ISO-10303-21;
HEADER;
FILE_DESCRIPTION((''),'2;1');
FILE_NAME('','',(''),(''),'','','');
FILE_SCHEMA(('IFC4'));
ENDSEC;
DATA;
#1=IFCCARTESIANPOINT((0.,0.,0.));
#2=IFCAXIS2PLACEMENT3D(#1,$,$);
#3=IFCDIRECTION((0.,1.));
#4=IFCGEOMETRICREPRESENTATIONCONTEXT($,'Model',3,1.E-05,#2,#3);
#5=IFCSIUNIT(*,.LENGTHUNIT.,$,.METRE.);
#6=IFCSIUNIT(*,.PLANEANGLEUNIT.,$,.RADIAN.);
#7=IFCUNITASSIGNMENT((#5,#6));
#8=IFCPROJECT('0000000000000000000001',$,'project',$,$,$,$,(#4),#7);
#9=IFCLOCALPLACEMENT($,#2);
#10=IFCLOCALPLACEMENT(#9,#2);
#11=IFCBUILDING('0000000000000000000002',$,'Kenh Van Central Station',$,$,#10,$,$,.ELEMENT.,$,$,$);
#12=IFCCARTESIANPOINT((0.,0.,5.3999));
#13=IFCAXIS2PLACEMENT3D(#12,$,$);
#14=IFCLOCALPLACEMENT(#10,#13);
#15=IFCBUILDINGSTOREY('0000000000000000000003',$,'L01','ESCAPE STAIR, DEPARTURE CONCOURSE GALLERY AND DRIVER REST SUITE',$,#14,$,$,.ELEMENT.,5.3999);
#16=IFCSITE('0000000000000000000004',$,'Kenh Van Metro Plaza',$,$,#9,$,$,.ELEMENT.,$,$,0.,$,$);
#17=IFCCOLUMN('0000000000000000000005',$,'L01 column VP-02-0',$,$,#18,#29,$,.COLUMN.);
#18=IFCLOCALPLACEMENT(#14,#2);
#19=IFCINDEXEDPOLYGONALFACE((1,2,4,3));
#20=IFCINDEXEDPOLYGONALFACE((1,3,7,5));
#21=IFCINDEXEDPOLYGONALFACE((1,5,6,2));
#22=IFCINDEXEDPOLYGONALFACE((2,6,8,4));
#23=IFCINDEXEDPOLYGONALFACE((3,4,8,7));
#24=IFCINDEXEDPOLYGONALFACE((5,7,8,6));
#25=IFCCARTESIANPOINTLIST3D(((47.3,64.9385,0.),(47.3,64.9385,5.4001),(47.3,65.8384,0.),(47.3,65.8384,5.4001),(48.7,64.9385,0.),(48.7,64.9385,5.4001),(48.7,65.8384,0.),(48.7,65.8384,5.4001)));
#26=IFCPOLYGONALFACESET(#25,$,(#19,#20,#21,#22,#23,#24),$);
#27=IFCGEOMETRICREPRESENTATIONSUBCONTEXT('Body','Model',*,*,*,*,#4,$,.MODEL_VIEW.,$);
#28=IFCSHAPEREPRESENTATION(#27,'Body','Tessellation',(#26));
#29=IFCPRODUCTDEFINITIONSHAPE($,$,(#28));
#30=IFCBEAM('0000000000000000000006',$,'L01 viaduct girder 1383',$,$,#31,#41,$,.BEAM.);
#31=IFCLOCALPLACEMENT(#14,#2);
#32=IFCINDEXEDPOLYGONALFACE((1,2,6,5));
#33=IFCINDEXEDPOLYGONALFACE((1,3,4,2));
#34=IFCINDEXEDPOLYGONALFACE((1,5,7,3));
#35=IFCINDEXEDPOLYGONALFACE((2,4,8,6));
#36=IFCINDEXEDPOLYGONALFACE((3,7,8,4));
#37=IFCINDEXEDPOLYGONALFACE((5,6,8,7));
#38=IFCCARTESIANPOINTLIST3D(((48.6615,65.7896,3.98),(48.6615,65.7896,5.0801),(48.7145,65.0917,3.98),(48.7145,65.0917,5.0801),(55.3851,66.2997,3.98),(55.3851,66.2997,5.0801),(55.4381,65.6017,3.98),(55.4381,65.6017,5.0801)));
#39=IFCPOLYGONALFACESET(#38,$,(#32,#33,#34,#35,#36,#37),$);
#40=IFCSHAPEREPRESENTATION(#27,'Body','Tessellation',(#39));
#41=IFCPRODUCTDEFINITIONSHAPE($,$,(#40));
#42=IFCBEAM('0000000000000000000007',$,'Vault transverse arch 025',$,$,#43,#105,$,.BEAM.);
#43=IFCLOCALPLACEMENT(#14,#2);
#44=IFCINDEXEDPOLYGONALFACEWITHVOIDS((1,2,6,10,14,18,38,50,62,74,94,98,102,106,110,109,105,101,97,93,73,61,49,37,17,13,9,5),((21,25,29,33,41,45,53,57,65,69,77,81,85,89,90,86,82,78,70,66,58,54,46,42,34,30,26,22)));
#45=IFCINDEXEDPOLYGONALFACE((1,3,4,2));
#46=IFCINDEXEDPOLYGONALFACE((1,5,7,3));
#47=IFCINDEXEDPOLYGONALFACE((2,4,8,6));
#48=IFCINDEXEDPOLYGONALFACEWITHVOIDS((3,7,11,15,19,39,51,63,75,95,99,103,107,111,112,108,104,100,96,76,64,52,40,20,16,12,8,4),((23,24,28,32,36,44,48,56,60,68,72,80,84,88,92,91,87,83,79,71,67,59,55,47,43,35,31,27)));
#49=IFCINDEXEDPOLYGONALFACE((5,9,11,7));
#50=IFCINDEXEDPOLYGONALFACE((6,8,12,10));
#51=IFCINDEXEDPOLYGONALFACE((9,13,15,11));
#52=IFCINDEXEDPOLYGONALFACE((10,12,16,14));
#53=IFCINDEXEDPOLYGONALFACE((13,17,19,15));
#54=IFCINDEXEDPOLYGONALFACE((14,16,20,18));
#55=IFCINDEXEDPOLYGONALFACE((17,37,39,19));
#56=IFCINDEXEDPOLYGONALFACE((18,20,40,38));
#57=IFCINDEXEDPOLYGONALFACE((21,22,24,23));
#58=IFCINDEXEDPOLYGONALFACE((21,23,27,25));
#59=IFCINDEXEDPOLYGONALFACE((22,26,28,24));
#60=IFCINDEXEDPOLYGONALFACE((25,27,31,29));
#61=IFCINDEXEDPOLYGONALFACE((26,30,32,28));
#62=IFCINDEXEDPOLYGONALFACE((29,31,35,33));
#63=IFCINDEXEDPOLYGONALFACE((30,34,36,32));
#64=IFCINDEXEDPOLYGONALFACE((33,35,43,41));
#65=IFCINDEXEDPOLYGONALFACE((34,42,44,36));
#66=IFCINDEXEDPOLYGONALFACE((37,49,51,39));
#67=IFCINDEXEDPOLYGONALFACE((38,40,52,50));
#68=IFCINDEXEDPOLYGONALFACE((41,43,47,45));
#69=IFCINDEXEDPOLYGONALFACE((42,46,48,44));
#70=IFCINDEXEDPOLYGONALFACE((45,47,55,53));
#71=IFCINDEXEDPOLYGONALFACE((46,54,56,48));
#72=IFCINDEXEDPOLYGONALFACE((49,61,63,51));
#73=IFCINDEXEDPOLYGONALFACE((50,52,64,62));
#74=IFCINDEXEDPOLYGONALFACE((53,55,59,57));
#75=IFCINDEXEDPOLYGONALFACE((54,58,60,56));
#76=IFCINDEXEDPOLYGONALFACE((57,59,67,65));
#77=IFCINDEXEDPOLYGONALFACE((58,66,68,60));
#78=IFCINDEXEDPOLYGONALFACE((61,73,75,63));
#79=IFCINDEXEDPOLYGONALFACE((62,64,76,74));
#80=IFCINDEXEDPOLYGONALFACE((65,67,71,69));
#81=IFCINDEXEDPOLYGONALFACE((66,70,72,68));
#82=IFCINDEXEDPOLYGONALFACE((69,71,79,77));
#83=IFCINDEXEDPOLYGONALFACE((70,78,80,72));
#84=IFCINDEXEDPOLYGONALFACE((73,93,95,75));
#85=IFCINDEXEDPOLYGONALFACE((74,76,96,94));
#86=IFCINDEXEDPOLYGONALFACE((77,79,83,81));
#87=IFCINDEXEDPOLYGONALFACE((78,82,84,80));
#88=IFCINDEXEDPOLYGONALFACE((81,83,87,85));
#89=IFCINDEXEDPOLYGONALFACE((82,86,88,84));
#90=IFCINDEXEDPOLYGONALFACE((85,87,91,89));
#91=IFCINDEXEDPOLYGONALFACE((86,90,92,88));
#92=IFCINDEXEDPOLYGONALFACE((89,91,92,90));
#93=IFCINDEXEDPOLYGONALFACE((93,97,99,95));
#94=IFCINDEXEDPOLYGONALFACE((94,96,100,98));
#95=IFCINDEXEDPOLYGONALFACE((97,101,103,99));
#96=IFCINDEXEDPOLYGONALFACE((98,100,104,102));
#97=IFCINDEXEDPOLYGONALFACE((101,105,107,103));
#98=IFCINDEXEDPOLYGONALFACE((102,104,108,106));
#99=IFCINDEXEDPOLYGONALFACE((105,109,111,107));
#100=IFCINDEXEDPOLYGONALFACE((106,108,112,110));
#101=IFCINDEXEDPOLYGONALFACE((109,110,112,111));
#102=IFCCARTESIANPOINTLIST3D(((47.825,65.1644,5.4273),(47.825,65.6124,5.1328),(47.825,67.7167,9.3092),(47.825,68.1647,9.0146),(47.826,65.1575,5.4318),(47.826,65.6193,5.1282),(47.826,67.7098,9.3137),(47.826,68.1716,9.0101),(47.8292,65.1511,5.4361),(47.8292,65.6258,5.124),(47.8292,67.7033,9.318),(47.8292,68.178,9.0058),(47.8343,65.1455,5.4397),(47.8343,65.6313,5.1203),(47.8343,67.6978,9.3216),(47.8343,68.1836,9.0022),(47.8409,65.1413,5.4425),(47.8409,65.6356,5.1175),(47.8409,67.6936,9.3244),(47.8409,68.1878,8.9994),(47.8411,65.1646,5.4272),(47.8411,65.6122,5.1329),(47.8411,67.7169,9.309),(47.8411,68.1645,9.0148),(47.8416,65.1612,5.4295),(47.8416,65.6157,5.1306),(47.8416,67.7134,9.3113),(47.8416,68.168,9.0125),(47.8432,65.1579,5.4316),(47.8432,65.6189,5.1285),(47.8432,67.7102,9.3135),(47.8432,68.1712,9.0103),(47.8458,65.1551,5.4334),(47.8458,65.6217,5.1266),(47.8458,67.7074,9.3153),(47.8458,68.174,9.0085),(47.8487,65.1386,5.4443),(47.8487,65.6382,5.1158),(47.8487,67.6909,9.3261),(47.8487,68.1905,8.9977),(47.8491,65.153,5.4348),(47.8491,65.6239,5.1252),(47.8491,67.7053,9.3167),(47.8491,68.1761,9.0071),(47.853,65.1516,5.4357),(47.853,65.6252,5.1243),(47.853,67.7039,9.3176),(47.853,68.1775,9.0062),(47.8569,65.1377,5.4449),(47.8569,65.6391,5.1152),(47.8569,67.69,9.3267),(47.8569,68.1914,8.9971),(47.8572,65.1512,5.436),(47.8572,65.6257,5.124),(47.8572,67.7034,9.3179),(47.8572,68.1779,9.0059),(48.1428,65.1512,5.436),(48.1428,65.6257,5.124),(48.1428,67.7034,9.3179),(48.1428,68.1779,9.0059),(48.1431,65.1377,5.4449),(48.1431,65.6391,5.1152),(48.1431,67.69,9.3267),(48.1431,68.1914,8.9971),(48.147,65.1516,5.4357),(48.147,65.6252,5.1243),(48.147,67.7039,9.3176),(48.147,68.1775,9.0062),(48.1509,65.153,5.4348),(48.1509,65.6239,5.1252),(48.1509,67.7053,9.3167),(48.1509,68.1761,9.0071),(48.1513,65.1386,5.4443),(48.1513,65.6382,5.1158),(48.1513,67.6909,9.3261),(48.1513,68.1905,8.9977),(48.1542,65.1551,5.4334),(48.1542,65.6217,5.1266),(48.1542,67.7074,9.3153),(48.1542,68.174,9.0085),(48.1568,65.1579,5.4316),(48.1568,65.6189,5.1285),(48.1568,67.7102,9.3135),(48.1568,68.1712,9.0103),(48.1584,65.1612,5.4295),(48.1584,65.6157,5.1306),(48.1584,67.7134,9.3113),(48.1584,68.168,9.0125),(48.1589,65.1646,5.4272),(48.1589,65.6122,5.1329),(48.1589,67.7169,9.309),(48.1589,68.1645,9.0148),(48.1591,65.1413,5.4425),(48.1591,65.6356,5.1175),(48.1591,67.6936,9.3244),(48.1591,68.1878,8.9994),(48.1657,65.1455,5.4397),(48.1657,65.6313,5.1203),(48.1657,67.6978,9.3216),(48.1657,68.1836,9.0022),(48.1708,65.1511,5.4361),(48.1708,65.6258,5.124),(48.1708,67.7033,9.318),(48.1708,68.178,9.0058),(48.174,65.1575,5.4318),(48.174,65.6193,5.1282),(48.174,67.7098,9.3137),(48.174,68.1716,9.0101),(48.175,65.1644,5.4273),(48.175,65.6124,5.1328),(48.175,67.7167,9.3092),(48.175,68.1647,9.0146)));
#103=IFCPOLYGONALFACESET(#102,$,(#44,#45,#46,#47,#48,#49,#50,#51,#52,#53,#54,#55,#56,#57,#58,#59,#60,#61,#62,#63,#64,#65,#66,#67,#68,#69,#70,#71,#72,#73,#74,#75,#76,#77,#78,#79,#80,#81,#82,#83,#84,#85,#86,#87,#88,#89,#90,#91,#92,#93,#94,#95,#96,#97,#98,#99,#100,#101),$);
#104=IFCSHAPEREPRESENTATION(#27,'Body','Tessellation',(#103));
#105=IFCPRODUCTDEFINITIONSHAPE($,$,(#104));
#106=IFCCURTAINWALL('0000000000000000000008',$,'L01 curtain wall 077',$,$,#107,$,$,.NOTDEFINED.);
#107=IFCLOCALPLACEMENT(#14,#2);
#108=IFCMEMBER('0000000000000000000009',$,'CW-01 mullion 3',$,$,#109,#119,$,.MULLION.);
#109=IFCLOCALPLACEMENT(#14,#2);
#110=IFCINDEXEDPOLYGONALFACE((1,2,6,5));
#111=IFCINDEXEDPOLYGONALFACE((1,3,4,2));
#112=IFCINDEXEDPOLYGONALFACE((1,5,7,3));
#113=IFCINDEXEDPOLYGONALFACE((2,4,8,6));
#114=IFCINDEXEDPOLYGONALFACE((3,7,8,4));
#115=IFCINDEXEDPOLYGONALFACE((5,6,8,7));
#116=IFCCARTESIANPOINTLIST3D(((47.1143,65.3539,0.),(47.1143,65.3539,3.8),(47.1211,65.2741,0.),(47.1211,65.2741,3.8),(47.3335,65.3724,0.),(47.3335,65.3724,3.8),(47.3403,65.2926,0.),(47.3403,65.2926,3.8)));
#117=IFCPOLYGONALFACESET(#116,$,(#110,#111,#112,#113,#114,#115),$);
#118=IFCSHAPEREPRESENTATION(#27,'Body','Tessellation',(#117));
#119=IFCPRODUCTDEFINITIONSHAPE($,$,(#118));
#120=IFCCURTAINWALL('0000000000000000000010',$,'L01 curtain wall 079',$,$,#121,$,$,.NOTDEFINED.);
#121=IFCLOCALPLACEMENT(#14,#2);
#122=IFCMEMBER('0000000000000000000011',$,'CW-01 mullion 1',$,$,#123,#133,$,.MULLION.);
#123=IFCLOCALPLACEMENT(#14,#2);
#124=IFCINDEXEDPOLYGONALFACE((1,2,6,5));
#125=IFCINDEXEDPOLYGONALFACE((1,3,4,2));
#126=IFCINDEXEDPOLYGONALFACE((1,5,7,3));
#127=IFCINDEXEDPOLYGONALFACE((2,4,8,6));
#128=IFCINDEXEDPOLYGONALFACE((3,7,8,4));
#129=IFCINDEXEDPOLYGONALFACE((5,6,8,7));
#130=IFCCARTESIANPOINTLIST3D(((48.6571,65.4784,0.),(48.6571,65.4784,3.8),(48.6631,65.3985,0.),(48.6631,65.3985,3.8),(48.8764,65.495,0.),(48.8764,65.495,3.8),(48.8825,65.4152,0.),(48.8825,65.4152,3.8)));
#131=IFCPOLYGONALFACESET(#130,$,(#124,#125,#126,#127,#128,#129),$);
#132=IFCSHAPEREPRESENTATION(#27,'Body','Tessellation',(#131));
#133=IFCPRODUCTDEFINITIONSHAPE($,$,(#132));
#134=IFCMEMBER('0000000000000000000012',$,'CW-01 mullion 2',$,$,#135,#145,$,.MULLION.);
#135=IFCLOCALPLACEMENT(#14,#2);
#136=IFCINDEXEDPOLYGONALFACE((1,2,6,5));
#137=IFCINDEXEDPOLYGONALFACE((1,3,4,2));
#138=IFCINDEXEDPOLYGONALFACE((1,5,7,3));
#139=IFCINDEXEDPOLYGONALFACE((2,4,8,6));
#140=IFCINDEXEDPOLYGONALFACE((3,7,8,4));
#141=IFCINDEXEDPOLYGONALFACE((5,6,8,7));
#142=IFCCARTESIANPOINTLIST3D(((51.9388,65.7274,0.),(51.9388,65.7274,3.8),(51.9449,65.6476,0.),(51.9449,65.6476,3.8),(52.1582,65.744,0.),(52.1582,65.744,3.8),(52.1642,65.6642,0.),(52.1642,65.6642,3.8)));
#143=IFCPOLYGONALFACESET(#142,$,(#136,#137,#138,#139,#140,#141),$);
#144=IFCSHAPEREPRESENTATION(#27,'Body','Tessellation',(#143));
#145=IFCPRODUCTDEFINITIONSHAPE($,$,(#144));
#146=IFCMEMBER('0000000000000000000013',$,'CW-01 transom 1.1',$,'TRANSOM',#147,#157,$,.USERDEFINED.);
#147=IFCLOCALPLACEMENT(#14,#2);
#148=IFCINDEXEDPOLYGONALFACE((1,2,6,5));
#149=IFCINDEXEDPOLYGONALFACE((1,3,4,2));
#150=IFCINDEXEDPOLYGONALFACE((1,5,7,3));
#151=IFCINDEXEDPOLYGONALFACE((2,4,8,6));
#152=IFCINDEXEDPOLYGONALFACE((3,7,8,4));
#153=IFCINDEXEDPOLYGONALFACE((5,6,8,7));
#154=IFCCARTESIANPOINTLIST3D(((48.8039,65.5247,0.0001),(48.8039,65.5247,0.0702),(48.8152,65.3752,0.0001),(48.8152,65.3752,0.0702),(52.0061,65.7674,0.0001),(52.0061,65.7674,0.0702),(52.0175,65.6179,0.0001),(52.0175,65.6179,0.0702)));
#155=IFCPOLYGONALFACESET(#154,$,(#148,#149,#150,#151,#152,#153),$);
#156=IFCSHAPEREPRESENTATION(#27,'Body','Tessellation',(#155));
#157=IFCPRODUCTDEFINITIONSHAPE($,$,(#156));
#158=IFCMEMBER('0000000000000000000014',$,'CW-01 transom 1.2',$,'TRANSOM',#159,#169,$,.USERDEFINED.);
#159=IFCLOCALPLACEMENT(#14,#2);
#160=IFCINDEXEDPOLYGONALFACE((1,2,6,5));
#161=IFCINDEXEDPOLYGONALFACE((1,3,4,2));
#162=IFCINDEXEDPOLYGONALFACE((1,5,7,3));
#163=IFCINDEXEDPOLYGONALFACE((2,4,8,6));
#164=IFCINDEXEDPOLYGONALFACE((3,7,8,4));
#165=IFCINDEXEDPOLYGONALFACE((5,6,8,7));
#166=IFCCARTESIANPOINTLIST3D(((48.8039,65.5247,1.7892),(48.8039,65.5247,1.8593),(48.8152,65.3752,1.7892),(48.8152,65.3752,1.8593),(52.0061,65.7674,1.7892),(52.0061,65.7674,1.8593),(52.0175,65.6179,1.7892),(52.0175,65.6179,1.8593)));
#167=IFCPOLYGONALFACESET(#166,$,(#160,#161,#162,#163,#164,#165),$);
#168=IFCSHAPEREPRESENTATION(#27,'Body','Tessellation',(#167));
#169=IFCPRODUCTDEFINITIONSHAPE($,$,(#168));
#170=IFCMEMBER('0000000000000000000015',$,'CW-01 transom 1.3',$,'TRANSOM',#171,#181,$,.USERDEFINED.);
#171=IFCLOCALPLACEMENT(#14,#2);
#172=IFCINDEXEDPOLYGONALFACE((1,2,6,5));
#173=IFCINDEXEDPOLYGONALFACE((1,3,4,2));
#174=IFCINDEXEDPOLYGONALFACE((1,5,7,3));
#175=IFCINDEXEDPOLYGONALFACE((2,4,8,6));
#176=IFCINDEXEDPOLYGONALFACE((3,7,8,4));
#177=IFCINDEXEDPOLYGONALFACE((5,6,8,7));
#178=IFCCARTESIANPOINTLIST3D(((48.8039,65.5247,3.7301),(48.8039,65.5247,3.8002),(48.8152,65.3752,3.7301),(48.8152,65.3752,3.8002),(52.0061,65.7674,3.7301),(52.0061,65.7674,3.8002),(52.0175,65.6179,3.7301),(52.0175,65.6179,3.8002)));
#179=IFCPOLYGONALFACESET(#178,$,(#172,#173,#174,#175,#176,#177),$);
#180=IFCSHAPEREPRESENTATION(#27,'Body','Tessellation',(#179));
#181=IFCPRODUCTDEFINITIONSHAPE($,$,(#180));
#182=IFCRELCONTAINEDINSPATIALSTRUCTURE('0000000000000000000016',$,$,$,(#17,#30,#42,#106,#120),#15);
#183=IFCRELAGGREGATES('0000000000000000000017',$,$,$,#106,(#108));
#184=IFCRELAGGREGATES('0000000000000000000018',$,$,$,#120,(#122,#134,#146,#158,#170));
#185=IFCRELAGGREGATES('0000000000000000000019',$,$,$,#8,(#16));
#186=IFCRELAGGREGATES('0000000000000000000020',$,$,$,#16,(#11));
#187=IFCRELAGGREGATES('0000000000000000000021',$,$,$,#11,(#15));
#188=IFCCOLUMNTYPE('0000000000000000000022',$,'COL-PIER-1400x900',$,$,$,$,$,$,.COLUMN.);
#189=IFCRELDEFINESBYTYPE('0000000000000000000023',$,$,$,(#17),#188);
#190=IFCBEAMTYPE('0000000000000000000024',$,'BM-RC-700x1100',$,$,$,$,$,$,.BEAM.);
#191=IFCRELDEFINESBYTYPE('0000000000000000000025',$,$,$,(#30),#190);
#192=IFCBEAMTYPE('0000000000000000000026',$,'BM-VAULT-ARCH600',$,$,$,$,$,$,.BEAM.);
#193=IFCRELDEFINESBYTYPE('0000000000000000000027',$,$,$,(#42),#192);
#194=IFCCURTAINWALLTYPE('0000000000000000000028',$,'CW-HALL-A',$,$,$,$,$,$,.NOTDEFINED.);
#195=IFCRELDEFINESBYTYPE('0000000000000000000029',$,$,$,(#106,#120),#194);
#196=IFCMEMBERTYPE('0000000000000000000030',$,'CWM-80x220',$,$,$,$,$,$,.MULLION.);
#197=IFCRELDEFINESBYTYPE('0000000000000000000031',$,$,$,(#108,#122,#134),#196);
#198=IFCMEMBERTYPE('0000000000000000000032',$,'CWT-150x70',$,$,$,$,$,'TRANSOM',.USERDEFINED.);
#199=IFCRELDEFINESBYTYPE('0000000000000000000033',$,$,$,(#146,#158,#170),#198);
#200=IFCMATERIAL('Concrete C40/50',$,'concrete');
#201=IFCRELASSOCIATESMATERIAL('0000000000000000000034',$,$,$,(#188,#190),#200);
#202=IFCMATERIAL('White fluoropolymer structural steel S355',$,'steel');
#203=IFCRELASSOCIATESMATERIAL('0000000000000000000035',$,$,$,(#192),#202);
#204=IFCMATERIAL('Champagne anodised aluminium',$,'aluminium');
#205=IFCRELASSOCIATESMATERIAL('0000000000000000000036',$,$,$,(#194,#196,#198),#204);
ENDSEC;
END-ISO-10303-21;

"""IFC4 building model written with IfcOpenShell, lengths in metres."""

from ifc_helpers import new_model, si_unit, direction, frame, origin, origin_2d, place, context, subcontext, project, spatial, rectangle, hollow_rectangle, extrude, material, material_profile, profile_set, type_object, element, aggregate, save


model = new_model("IFC4")

# Units and contexts
model_context = context("Model", 3, precision=1e-05, world=origin(), true_north=direction((0.0, 1.0)))
body_context = subcontext(model_context, "Body", "Model", "MODEL_VIEW")
ifc_project = project(units=[si_unit("LENGTHUNIT", "METRE"), si_unit("PLANEANGLEUNIT", "RADIAN")], contexts=[model_context])

# Site, building, storey
site_placement = place(None, origin())
site = spatial("IfcSite", under=ifc_project, at=site_placement, Name="Kenh Van Metro Plaza", CompositionType="ELEMENT", RefElevation=0.0)
building_placement = place(site_placement, origin())
building = spatial("IfcBuilding", under=site, at=building_placement, Name="Kenh Van Central Station", CompositionType="ELEMENT")
storey_placement = place(building_placement, frame((0.0, 0.0, 5.3999)))
storey = spatial("IfcBuildingStorey", under=building, at=storey_placement, Name="L01", Description="ESCAPE STAIR, DEPARTURE CONCOURSE GALLERY AND DRIVER REST SUITE", CompositionType="ELEMENT", Elevation=5.3999)

# Column
ifc_material_1 = material(Name="Concrete C40/50", Category="concrete")
ifc_material_profile_1 = material_profile(ifc_material_1, rectangle(XDim=1.3999, YDim=0.8999, at=origin_2d()), Name="RC 1400x900")
ifc_profile_set_1 = profile_set([ifc_material_profile_1], Name="Concrete C40/50")
column_type = type_object("IfcColumnType", Name="COL-PIER-1400x900", PredefinedType="COLUMN", material=ifc_profile_set_1)
column_placement = place(storey_placement, frame((48.0, 65.3884, 0.0), z_axis=(0.0, 0.0, 1.0), x_axis=(1.0, 0.0, 0.0)))
element("IfcColumn", 1, at=column_placement, inside=storey, type_object=column_type, Name="L01 column VP-02-0", PredefinedType="COLUMN", context=body_context, shape_type="SweptSolid", body=[
    extrude(rectangle(XDim=1.3999, YDim=0.8999, at=origin_2d()), origin(), (0.0, 0.0, 1.0), 5.4001),
])

# Beams
ifc_material_profile_2 = material_profile(ifc_material_1, rectangle(XDim=0.7, YDim=1.1001, at=origin_2d()), Name="RC 700x1100")
ifc_profile_set_2 = profile_set([ifc_material_profile_2], Name="Concrete C40/50")
beam_type_1 = type_object("IfcBeamType", Name="BM-RC-700x1100", PredefinedType="BEAM", material=ifc_profile_set_2)
beam_1_placement = place(storey_placement, frame((48.688, 65.4407, 4.53), z_axis=(0.997135, 0.075636, 0.0), x_axis=(-0.075636, 0.997135, 0.0)))
element("IfcBeam", 2, at=beam_1_placement, inside=storey, type_object=beam_type_1, Name="L01 viaduct girder 1383", PredefinedType="BEAM", context=body_context, shape_type="SweptSolid", body=[
    extrude(rectangle(XDim=0.7, YDim=1.1001, at=origin_2d()), origin(), (0.0, 0.0, 1.0), 6.7429),
])
ifc_material_2 = material(Name="White fluoropolymer structural steel S355", Category="steel")
ifc_material_profile_3 = material_profile(ifc_material_2, hollow_rectangle(XDim=0.3501, YDim=0.6001, WallThickness=0.0161, InnerFilletRadius=0.0161, OuterFilletRadius=0.032, at=origin_2d()), Name="RHS 600x350x16")
ifc_profile_set_3 = profile_set([ifc_material_profile_3], Name="White fluoropolymer structural steel S355")
beam_type_2 = type_object("IfcBeamType", Name="BM-VAULT-ARCH600", PredefinedType="BEAM", material=ifc_profile_set_3)
beam_2_placement = place(storey_placement, frame((48.0, 65.3884, 5.28), z_axis=(0.0, 0.549377, 0.835575), x_axis=(-1.0, 0.0, 0.0)))
element("IfcBeam", 3, at=beam_2_placement, inside=storey, type_object=beam_type_2, Name="Vault transverse arch 025", PredefinedType="BEAM", context=body_context, shape_type="SweptSolid", body=[
    extrude(hollow_rectangle(XDim=0.3501, YDim=0.6001, WallThickness=0.0161, InnerFilletRadius=0.0161, OuterFilletRadius=0.032, at=origin_2d()), origin(), (0.0, 0.0, 1.0), 4.6458),
])

# Curtain wall, member
ifc_material_3 = material(Name="Champagne anodised aluminium", Category="aluminium")
curtain_wall_type = type_object("IfcCurtainWallType", Name="CW-HALL-A", PredefinedType="NOTDEFINED", material=ifc_material_3)
curtain_wall_1_placement = place(storey_placement, origin())
curtain_wall_1 = element("IfcCurtainWall", 4, at=curtain_wall_1_placement, inside=storey, type_object=curtain_wall_type, Name="L01 curtain wall 077", PredefinedType="NOTDEFINED")
ifc_material_profile_4 = material_profile(ifc_material_3, rectangle(XDim=0.0801, YDim=0.22, at=origin_2d()), Name="AL 80x220")
ifc_profile_set_4 = profile_set([ifc_material_profile_4], Name="Champagne anodised aluminium")
member_type_1 = type_object("IfcMemberType", Name="CWM-80x220", PredefinedType="MULLION", material=ifc_profile_set_4)
member_1_placement = place(storey_placement, frame((47.2273, 65.3232, 0.0), z_axis=(0.0, 0.0, 1.0), x_axis=(-0.084244, 0.996445, 0.0)))
member_1 = element("IfcMember", 5, at=member_1_placement, type_object=member_type_1, Name="CW-01 mullion 3", PredefinedType="MULLION", context=body_context, shape_type="SweptSolid", body=[
    extrude(rectangle(XDim=0.0801, YDim=0.22, at=origin_2d()), origin(), (0.0, 0.0, 1.0), 3.8),
])

# Curtain wall, members
curtain_wall_2_placement = place(storey_placement, origin())
curtain_wall_2 = element("IfcCurtainWall", 6, at=curtain_wall_2_placement, inside=storey, type_object=curtain_wall_type, Name="L01 curtain wall 079", PredefinedType="NOTDEFINED")
member_2_placement = place(storey_placement, frame((48.7698, 65.4468, 0.0), z_axis=(0.0, 0.0, 1.0), x_axis=(-0.075632, 0.997136, 0.0)))
member_2 = element("IfcMember", 7, at=member_2_placement, type_object=member_type_1, Name="CW-01 mullion 1", PredefinedType="MULLION", context=body_context, shape_type="SweptSolid", body=[
    extrude(rectangle(XDim=0.0801, YDim=0.22, at=origin_2d()), origin(), (0.0, 0.0, 1.0), 3.8),
])
member_3_placement = place(storey_placement, frame((52.0515, 65.6958, 0.0), z_axis=(0.0, 0.0, 1.0), x_axis=(-0.075632, 0.997136, 0.0)))
member_3 = element("IfcMember", 8, at=member_3_placement, type_object=member_type_1, Name="CW-01 mullion 2", PredefinedType="MULLION", context=body_context, shape_type="SweptSolid", body=[
    extrude(rectangle(XDim=0.0801, YDim=0.22, at=origin_2d()), origin(), (0.0, 0.0, 1.0), 3.8),
])
ifc_material_profile_5 = material_profile(ifc_material_3, rectangle(XDim=0.1499, YDim=0.0701, at=origin_2d()), Name="AL 150x70")
ifc_profile_set_5 = profile_set([ifc_material_profile_5], Name="Champagne anodised aluminium")
member_type_2 = type_object("IfcMemberType", Name="CWT-150x70", ElementType="TRANSOM", PredefinedType="USERDEFINED", material=ifc_profile_set_5)
member_4_placement = place(storey_placement, frame((48.8096, 65.45, 0.0352), z_axis=(0.997141, 0.075569, 0.0), x_axis=(-0.075569, 0.997141, 0.0)))
member_4 = element("IfcMember", 9, at=member_4_placement, type_object=member_type_2, Name="CW-01 transom 1.1", ObjectType="TRANSOM", PredefinedType="USERDEFINED", context=body_context, shape_type="SweptSolid", body=[
    extrude(rectangle(XDim=0.1499, YDim=0.0701, at=origin_2d()), origin(), (0.0, 0.0, 1.0), 3.2114),
])
member_5_placement = place(storey_placement, frame((48.8096, 65.45, 1.8242), z_axis=(0.997141, 0.075569, 0.0), x_axis=(-0.075569, 0.997141, 0.0)))
member_5 = element("IfcMember", 10, at=member_5_placement, type_object=member_type_2, Name="CW-01 transom 1.2", ObjectType="TRANSOM", PredefinedType="USERDEFINED", context=body_context, shape_type="SweptSolid", body=[
    extrude(rectangle(XDim=0.1499, YDim=0.0701, at=origin_2d()), origin(), (0.0, 0.0, 1.0), 3.2114),
])
member_6_placement = place(storey_placement, frame((48.8096, 65.45, 3.7651), z_axis=(0.997141, 0.075569, 0.0), x_axis=(-0.075569, 0.997141, 0.0)))
member_6 = element("IfcMember", 11, at=member_6_placement, type_object=member_type_2, Name="CW-01 transom 1.3", ObjectType="TRANSOM", PredefinedType="USERDEFINED", context=body_context, shape_type="SweptSolid", body=[
    extrude(rectangle(XDim=0.1499, YDim=0.0701, at=origin_2d()), origin(), (0.0, 0.0, 1.0), 3.2114),
])

aggregate(curtain_wall_1, [member_1])
aggregate(curtain_wall_2, [member_2, member_3, member_4, member_5, member_6])

save(model, "model.ifc")
